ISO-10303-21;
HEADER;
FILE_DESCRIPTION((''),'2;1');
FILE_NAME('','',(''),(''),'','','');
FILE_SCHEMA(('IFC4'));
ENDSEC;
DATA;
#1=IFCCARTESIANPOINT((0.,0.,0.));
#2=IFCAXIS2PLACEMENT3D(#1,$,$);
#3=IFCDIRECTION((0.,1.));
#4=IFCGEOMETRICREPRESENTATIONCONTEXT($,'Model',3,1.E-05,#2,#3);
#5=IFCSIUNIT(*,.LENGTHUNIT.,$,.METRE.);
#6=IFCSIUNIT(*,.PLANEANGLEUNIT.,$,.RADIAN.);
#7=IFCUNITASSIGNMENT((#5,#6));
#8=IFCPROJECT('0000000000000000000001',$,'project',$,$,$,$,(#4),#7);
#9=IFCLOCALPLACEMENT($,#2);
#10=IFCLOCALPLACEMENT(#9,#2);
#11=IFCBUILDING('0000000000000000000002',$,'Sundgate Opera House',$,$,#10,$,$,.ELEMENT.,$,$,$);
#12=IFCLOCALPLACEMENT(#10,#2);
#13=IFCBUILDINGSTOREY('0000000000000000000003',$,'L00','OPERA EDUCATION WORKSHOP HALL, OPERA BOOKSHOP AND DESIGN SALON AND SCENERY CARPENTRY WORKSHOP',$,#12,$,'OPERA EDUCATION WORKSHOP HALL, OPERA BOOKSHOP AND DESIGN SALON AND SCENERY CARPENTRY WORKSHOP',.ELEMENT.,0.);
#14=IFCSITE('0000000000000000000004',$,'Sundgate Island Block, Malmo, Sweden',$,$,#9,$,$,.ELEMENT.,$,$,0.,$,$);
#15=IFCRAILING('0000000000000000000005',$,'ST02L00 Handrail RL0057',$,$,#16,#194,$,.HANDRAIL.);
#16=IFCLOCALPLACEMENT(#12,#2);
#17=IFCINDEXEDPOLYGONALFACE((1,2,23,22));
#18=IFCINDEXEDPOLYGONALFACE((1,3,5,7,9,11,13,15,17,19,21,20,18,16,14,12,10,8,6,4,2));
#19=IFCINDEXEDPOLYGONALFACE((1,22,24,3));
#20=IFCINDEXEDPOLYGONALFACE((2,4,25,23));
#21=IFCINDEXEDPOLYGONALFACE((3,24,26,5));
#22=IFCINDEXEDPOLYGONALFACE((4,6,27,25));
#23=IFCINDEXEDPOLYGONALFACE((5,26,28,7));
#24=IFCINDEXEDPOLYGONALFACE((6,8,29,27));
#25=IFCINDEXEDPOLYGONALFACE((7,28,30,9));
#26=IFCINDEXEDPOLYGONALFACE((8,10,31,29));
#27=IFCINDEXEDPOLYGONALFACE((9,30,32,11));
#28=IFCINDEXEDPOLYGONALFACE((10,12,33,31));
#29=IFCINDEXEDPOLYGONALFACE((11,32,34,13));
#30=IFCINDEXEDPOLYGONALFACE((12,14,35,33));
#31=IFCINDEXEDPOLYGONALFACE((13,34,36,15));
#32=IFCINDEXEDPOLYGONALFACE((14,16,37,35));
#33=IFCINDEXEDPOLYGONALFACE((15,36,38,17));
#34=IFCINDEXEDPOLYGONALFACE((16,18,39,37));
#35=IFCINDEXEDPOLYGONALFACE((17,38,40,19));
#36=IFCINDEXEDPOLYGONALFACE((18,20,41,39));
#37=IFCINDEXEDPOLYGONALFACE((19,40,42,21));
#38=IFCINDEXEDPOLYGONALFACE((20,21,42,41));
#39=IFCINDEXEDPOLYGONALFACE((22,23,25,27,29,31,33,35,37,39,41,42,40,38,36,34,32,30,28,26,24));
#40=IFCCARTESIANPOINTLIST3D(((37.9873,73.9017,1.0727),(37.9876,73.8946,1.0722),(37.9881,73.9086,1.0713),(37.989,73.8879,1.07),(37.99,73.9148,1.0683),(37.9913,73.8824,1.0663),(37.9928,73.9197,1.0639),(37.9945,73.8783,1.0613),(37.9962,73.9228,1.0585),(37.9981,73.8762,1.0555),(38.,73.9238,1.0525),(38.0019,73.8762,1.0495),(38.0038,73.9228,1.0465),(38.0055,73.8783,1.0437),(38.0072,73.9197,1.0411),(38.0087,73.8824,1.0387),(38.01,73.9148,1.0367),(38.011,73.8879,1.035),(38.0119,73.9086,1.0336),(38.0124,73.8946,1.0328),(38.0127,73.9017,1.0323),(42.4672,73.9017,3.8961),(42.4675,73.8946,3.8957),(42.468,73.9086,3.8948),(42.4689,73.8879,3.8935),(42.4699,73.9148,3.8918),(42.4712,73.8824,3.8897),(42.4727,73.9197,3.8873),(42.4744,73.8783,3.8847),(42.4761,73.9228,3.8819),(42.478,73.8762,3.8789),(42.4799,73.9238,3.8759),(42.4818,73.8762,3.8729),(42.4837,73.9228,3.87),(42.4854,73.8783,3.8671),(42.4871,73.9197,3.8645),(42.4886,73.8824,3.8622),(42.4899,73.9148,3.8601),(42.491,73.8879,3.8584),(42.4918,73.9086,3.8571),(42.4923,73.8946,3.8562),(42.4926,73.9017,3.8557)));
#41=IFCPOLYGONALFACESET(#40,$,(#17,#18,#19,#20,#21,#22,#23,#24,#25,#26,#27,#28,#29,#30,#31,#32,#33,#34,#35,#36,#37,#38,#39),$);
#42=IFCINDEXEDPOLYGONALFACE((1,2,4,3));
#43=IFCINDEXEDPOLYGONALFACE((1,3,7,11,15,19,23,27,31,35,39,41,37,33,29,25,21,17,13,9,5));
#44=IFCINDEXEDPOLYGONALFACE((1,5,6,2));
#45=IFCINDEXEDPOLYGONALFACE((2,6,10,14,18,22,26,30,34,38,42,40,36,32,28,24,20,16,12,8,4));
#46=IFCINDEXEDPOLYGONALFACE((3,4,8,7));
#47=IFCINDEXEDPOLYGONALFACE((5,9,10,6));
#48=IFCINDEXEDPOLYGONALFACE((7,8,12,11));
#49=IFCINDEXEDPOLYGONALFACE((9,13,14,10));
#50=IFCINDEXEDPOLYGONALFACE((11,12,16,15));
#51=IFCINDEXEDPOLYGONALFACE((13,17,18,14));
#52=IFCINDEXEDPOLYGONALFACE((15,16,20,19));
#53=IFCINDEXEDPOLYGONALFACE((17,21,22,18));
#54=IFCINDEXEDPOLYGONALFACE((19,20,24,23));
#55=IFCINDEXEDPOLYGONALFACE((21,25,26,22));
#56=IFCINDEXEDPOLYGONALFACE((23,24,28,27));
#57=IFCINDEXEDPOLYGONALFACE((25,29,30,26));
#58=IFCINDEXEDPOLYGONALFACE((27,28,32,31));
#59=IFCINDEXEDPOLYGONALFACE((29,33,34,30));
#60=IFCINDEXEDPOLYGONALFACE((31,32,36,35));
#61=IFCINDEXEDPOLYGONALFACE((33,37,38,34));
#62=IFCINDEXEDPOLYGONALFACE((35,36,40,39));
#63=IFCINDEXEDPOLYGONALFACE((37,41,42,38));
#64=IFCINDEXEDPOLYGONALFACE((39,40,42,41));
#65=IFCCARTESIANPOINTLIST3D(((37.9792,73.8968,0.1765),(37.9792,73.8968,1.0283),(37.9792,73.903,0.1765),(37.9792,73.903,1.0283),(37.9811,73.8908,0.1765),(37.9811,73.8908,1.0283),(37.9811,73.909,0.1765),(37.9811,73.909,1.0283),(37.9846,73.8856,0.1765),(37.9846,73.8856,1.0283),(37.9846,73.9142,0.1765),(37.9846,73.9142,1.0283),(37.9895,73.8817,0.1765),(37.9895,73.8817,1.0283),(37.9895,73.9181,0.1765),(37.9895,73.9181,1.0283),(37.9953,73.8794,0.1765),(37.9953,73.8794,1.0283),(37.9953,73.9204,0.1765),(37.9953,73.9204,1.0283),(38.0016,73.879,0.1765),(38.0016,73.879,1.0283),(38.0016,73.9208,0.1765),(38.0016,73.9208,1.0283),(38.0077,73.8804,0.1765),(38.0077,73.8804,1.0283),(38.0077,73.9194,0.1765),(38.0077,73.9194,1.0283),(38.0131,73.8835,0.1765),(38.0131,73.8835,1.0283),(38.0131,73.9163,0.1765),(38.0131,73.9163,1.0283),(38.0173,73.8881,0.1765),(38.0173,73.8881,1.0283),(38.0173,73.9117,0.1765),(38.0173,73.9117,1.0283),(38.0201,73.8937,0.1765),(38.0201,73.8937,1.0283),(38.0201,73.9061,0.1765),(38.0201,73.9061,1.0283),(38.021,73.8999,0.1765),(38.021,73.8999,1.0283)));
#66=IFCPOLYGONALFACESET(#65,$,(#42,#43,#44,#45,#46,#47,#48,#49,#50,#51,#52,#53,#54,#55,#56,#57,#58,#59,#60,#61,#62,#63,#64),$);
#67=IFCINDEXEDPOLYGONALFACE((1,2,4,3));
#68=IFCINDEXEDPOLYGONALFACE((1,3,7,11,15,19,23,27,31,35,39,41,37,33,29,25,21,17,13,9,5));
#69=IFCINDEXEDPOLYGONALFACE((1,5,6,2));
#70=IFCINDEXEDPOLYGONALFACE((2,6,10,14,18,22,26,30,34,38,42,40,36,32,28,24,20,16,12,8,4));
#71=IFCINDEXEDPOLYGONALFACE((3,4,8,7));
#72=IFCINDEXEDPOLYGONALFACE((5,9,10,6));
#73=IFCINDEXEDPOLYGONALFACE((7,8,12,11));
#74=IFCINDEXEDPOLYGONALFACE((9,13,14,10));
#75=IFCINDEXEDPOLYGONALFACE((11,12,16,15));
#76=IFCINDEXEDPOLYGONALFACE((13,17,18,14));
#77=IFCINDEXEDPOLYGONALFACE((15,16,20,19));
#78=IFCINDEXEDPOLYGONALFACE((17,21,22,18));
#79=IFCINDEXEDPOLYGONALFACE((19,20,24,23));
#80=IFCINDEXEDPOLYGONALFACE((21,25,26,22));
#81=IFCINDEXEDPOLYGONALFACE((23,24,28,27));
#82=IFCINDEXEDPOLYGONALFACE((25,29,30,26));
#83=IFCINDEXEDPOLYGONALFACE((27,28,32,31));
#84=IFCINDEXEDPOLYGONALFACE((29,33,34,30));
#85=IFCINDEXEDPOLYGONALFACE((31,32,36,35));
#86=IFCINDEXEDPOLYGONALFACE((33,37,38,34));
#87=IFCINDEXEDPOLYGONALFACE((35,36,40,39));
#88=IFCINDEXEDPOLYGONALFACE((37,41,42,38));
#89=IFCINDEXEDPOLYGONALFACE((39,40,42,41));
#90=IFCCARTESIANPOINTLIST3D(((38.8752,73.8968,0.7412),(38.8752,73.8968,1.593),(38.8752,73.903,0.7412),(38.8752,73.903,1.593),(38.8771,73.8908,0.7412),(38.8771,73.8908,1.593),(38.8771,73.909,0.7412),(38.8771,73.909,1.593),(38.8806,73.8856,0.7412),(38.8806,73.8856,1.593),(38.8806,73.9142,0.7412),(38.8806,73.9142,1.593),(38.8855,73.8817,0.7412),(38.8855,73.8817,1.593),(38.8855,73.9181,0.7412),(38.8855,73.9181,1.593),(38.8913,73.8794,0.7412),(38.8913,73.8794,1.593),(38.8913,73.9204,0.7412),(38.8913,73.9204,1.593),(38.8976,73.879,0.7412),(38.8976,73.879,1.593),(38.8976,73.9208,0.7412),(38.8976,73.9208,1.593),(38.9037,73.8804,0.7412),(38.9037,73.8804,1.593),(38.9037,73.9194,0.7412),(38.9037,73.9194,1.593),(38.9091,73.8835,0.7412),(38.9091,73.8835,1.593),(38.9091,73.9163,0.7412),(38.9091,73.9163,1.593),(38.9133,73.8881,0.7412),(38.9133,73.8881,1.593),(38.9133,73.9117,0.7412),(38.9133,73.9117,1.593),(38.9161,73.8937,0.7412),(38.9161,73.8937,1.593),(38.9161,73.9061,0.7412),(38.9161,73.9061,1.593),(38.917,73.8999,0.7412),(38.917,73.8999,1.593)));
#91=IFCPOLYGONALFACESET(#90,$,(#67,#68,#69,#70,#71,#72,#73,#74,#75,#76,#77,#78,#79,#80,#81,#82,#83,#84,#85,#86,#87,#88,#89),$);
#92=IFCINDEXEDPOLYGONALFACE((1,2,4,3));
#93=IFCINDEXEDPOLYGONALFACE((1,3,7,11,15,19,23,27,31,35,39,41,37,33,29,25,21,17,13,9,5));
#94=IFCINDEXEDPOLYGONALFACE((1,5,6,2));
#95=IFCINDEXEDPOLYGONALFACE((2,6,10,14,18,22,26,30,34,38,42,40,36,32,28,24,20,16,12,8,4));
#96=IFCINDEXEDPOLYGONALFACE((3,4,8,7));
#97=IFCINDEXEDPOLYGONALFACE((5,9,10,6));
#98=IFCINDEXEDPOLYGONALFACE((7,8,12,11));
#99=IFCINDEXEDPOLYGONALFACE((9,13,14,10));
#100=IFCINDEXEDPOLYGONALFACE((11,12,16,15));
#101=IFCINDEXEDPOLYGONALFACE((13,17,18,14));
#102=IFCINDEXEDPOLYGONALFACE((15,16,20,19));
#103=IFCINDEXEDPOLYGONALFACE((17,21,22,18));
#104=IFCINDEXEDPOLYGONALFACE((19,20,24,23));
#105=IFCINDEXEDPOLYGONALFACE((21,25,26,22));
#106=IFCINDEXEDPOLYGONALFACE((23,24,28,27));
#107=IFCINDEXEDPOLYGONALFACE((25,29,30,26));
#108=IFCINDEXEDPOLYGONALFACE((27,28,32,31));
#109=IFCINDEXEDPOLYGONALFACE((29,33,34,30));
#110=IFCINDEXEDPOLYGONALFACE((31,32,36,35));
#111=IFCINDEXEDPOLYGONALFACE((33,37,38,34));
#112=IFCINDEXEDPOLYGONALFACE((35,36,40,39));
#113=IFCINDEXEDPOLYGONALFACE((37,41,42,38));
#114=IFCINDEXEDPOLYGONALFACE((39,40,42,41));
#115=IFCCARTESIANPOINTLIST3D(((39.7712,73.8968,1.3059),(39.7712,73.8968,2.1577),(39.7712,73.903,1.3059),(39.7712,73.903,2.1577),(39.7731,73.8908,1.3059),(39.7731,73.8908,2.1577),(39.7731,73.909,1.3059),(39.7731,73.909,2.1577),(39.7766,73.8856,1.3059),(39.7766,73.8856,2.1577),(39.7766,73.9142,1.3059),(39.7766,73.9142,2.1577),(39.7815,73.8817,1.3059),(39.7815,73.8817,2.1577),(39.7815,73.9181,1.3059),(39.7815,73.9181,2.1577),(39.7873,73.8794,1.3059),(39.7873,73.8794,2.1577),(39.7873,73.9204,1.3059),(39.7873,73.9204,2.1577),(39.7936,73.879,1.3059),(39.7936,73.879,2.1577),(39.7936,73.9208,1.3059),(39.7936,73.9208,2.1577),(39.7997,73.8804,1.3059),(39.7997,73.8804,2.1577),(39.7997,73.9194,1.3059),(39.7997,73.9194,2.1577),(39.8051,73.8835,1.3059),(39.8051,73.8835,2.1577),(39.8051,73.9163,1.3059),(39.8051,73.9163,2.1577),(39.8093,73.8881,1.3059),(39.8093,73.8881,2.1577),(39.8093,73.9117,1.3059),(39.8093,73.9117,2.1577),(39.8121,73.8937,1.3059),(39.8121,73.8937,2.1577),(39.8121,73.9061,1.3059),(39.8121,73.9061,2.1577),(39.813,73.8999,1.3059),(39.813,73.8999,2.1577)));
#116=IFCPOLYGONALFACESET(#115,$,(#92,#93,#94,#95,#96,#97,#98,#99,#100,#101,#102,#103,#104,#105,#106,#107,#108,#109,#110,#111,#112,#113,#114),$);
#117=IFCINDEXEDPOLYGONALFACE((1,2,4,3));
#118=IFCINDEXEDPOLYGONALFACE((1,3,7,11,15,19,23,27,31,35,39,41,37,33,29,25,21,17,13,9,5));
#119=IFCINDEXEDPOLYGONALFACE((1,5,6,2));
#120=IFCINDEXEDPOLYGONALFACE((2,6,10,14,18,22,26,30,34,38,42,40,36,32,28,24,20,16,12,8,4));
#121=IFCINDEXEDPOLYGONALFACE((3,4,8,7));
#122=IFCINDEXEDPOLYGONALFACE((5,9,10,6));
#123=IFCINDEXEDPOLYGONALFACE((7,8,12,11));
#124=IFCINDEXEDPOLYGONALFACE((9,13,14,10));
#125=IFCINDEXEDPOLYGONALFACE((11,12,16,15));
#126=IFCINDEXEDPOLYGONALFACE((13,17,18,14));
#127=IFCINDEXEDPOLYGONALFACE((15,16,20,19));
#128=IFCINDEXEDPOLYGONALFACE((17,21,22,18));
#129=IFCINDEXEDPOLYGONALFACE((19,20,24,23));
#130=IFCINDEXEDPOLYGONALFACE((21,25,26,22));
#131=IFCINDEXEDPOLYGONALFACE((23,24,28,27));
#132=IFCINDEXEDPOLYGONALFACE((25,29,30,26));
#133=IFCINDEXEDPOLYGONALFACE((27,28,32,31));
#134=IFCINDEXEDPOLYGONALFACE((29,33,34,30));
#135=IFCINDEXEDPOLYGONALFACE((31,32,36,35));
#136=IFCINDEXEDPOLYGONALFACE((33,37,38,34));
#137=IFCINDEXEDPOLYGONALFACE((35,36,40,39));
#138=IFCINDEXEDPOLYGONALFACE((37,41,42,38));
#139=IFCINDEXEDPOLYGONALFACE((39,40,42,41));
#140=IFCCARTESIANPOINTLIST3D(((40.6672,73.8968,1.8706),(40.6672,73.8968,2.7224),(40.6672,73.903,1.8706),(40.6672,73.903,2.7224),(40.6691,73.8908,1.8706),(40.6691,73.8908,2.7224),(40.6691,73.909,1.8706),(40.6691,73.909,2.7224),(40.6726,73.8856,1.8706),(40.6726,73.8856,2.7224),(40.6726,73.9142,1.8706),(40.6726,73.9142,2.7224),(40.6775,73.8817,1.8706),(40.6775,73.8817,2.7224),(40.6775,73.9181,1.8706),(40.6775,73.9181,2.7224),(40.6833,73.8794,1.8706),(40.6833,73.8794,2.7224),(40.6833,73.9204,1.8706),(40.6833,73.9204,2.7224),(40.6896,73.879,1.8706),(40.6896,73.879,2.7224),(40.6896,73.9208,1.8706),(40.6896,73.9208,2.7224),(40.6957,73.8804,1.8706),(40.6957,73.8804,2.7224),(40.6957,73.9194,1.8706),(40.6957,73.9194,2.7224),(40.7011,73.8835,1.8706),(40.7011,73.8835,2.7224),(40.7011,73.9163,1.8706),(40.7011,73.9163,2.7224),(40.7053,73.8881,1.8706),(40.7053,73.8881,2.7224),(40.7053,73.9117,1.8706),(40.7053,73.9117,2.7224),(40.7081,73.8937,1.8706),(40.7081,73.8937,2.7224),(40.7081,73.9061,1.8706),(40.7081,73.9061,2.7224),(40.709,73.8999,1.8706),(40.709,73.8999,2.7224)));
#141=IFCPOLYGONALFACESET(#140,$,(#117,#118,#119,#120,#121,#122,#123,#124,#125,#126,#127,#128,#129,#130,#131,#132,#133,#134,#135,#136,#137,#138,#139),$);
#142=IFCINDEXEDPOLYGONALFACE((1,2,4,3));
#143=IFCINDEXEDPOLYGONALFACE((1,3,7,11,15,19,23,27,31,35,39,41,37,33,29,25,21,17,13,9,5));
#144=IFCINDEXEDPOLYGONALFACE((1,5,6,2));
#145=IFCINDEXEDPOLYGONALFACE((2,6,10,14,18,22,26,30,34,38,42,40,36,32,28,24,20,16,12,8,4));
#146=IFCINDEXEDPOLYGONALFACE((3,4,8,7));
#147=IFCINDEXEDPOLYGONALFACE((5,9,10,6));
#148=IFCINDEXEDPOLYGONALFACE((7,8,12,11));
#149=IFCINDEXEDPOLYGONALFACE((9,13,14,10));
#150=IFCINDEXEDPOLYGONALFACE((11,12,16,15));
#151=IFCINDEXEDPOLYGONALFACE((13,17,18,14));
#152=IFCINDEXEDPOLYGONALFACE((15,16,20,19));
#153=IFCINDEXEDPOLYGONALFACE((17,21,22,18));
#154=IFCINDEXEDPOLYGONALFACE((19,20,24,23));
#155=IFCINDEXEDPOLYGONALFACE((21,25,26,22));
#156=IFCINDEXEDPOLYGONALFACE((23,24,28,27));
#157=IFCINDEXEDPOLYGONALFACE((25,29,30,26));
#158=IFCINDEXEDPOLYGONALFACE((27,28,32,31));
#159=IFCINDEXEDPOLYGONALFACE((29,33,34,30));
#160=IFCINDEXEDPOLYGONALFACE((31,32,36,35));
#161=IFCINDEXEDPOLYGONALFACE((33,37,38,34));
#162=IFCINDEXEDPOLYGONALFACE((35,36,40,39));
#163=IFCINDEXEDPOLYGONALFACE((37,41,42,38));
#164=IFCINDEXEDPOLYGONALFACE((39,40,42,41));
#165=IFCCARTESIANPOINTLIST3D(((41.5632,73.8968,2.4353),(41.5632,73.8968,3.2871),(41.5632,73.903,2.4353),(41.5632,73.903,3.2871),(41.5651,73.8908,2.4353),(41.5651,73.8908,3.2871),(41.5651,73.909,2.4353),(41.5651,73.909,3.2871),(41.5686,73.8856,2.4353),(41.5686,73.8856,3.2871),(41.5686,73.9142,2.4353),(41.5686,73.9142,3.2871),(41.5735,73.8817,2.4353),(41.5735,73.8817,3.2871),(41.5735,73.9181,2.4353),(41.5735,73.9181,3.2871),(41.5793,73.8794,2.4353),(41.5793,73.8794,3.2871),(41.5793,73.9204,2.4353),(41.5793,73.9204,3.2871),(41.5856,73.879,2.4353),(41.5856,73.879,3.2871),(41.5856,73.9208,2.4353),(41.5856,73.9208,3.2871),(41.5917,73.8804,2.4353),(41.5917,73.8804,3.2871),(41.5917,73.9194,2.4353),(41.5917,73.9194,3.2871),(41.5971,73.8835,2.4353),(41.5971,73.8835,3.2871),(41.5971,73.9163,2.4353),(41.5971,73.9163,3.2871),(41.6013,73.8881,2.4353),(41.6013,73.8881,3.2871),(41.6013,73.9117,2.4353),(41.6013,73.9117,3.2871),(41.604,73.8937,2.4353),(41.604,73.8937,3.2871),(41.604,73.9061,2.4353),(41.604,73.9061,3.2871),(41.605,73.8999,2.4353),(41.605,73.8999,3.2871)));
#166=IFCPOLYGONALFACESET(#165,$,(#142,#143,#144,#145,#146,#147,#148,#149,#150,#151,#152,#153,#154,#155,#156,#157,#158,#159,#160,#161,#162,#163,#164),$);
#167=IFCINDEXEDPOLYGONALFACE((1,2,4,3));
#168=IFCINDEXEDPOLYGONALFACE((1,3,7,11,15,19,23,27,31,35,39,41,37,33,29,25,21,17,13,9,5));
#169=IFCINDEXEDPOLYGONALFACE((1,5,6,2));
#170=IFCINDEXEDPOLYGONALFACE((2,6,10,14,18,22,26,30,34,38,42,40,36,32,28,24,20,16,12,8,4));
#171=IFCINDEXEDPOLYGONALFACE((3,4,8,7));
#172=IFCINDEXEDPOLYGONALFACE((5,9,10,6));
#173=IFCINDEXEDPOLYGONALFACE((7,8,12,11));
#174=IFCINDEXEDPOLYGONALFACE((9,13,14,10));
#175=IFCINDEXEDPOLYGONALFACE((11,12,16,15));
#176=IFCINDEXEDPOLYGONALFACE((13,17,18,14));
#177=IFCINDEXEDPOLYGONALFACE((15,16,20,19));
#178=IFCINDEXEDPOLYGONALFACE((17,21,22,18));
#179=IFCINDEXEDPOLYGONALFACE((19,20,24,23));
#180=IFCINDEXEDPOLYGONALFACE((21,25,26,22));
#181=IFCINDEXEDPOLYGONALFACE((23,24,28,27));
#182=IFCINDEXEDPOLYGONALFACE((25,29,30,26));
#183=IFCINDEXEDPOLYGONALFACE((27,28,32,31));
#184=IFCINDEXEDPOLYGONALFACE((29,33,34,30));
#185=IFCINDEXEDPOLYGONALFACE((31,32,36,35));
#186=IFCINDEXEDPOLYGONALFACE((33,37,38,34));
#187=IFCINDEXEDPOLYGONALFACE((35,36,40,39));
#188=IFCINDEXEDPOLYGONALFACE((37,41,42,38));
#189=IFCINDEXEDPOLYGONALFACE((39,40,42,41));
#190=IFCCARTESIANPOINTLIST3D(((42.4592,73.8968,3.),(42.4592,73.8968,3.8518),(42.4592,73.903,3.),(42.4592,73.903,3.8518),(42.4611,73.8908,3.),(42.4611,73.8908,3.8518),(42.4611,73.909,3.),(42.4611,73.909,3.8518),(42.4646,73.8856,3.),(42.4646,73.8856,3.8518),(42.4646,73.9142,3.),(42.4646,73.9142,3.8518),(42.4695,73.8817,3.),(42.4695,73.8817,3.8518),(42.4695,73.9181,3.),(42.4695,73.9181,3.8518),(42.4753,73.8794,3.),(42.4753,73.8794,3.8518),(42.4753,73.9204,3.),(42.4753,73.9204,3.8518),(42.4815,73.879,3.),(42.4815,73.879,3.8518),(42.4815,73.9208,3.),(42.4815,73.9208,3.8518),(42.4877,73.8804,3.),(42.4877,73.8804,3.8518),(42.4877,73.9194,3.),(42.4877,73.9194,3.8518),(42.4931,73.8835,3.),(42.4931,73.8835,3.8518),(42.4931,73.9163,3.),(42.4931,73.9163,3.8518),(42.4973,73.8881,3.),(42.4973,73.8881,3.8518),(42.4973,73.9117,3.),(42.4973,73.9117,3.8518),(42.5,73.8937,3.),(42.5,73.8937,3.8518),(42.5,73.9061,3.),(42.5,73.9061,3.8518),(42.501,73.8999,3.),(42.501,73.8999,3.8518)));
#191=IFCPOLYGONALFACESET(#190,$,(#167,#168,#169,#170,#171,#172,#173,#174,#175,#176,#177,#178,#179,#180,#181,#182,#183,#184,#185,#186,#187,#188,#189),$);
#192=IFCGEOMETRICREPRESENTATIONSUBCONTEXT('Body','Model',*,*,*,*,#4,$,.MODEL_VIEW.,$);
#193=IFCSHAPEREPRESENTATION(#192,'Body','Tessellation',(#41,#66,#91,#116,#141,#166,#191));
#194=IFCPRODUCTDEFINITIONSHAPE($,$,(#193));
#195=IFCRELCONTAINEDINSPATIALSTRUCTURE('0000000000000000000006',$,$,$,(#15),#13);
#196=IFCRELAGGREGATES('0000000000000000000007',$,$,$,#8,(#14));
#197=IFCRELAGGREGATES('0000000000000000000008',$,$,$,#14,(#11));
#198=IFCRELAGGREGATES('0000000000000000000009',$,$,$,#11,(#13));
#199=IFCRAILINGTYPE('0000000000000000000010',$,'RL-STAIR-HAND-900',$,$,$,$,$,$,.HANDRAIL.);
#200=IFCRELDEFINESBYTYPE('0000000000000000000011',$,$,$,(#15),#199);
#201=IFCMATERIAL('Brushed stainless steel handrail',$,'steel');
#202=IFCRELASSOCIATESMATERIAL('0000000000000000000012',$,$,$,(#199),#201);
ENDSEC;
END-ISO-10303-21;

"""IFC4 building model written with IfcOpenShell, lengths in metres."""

from ifc_helpers import new_model, si_unit, direction, frame, origin, origin_2d, place, context, subcontext, project, spatial, circle, extrude, material, type_object, element, save


model = new_model("IFC4")

# Units and contexts
model_context = context("Model", 3, precision=1e-05, world=origin(), true_north=direction((0.0, 1.0)))
body_context = subcontext(model_context, "Body", "Model", "MODEL_VIEW")
ifc_project = project(units=[si_unit("LENGTHUNIT", "METRE"), si_unit("PLANEANGLEUNIT", "RADIAN")], contexts=[model_context])

# Site, building, storey
site_placement = place(None, origin())
site = spatial("IfcSite", under=ifc_project, at=site_placement, Name="Sundgate Island Block, Malmo, Sweden", CompositionType="ELEMENT", RefElevation=0.0)
building_placement = place(site_placement, origin())
building = spatial("IfcBuilding", under=site, at=building_placement, Name="Sundgate Opera House", CompositionType="ELEMENT")
storey_placement = place(building_placement, origin())
storey = spatial("IfcBuildingStorey", under=building, at=storey_placement, Name="L00", Description="OPERA EDUCATION WORKSHOP HALL, OPERA BOOKSHOP AND DESIGN SALON AND SCENERY CARPENTRY WORKSHOP", LongName="OPERA EDUCATION WORKSHOP HALL, OPERA BOOKSHOP AND DESIGN SALON AND SCENERY CARPENTRY WORKSHOP", CompositionType="ELEMENT", Elevation=0.0)

# Railing
ifc_material_1 = material(Name="Brushed stainless steel handrail", Category="steel")
railing_type_1 = type_object("IfcRailingType", Name="RL-STAIR-HAND-900", PredefinedType="HANDRAIL", material=ifc_material_1)
railing_1_placement = place(storey_placement, frame((38.0, 73.8999, 0.1765)))
element("IfcRailing", 1, at=railing_1_placement, inside=storey, type_object=railing_type_1, Name="ST02L00 Handrail RL0057", PredefinedType="HANDRAIL", context=body_context, shape_type="SweptSolid", body=[
    extrude(circle(Radius=0.0239, at=origin_2d()), frame((0.0, 0.0, 0.876), z_axis=(0.845998, 0.0, 0.533186), x_axis=(0.0, 1.0, 0.0)), (0.0, 0.0, 1.0), 5.2954),
    extrude(circle(Radius=0.021, at=origin_2d()), origin(), (0.0, 0.0, 1.0), 0.8518),
    extrude(circle(Radius=0.021, at=origin_2d()), frame((0.896, 0.0, 0.5647)), (0.0, 0.0, 1.0), 0.8518),
    extrude(circle(Radius=0.021, at=origin_2d()), frame((1.792, 0.0, 1.1294)), (0.0, 0.0, 1.0), 0.8518),
    extrude(circle(Radius=0.021, at=origin_2d()), frame((2.688, 0.0, 1.6941)), (0.0, 0.0, 1.0), 0.8518),
    extrude(circle(Radius=0.021, at=origin_2d()), frame((3.584, 0.0, 2.2588)), (0.0, 0.0, 1.0), 0.8518),
    extrude(circle(Radius=0.021, at=origin_2d()), frame((4.48, 0.0, 2.8235)), (0.0, 0.0, 1.0), 0.8518),
])

save(model, "model.ifc")
